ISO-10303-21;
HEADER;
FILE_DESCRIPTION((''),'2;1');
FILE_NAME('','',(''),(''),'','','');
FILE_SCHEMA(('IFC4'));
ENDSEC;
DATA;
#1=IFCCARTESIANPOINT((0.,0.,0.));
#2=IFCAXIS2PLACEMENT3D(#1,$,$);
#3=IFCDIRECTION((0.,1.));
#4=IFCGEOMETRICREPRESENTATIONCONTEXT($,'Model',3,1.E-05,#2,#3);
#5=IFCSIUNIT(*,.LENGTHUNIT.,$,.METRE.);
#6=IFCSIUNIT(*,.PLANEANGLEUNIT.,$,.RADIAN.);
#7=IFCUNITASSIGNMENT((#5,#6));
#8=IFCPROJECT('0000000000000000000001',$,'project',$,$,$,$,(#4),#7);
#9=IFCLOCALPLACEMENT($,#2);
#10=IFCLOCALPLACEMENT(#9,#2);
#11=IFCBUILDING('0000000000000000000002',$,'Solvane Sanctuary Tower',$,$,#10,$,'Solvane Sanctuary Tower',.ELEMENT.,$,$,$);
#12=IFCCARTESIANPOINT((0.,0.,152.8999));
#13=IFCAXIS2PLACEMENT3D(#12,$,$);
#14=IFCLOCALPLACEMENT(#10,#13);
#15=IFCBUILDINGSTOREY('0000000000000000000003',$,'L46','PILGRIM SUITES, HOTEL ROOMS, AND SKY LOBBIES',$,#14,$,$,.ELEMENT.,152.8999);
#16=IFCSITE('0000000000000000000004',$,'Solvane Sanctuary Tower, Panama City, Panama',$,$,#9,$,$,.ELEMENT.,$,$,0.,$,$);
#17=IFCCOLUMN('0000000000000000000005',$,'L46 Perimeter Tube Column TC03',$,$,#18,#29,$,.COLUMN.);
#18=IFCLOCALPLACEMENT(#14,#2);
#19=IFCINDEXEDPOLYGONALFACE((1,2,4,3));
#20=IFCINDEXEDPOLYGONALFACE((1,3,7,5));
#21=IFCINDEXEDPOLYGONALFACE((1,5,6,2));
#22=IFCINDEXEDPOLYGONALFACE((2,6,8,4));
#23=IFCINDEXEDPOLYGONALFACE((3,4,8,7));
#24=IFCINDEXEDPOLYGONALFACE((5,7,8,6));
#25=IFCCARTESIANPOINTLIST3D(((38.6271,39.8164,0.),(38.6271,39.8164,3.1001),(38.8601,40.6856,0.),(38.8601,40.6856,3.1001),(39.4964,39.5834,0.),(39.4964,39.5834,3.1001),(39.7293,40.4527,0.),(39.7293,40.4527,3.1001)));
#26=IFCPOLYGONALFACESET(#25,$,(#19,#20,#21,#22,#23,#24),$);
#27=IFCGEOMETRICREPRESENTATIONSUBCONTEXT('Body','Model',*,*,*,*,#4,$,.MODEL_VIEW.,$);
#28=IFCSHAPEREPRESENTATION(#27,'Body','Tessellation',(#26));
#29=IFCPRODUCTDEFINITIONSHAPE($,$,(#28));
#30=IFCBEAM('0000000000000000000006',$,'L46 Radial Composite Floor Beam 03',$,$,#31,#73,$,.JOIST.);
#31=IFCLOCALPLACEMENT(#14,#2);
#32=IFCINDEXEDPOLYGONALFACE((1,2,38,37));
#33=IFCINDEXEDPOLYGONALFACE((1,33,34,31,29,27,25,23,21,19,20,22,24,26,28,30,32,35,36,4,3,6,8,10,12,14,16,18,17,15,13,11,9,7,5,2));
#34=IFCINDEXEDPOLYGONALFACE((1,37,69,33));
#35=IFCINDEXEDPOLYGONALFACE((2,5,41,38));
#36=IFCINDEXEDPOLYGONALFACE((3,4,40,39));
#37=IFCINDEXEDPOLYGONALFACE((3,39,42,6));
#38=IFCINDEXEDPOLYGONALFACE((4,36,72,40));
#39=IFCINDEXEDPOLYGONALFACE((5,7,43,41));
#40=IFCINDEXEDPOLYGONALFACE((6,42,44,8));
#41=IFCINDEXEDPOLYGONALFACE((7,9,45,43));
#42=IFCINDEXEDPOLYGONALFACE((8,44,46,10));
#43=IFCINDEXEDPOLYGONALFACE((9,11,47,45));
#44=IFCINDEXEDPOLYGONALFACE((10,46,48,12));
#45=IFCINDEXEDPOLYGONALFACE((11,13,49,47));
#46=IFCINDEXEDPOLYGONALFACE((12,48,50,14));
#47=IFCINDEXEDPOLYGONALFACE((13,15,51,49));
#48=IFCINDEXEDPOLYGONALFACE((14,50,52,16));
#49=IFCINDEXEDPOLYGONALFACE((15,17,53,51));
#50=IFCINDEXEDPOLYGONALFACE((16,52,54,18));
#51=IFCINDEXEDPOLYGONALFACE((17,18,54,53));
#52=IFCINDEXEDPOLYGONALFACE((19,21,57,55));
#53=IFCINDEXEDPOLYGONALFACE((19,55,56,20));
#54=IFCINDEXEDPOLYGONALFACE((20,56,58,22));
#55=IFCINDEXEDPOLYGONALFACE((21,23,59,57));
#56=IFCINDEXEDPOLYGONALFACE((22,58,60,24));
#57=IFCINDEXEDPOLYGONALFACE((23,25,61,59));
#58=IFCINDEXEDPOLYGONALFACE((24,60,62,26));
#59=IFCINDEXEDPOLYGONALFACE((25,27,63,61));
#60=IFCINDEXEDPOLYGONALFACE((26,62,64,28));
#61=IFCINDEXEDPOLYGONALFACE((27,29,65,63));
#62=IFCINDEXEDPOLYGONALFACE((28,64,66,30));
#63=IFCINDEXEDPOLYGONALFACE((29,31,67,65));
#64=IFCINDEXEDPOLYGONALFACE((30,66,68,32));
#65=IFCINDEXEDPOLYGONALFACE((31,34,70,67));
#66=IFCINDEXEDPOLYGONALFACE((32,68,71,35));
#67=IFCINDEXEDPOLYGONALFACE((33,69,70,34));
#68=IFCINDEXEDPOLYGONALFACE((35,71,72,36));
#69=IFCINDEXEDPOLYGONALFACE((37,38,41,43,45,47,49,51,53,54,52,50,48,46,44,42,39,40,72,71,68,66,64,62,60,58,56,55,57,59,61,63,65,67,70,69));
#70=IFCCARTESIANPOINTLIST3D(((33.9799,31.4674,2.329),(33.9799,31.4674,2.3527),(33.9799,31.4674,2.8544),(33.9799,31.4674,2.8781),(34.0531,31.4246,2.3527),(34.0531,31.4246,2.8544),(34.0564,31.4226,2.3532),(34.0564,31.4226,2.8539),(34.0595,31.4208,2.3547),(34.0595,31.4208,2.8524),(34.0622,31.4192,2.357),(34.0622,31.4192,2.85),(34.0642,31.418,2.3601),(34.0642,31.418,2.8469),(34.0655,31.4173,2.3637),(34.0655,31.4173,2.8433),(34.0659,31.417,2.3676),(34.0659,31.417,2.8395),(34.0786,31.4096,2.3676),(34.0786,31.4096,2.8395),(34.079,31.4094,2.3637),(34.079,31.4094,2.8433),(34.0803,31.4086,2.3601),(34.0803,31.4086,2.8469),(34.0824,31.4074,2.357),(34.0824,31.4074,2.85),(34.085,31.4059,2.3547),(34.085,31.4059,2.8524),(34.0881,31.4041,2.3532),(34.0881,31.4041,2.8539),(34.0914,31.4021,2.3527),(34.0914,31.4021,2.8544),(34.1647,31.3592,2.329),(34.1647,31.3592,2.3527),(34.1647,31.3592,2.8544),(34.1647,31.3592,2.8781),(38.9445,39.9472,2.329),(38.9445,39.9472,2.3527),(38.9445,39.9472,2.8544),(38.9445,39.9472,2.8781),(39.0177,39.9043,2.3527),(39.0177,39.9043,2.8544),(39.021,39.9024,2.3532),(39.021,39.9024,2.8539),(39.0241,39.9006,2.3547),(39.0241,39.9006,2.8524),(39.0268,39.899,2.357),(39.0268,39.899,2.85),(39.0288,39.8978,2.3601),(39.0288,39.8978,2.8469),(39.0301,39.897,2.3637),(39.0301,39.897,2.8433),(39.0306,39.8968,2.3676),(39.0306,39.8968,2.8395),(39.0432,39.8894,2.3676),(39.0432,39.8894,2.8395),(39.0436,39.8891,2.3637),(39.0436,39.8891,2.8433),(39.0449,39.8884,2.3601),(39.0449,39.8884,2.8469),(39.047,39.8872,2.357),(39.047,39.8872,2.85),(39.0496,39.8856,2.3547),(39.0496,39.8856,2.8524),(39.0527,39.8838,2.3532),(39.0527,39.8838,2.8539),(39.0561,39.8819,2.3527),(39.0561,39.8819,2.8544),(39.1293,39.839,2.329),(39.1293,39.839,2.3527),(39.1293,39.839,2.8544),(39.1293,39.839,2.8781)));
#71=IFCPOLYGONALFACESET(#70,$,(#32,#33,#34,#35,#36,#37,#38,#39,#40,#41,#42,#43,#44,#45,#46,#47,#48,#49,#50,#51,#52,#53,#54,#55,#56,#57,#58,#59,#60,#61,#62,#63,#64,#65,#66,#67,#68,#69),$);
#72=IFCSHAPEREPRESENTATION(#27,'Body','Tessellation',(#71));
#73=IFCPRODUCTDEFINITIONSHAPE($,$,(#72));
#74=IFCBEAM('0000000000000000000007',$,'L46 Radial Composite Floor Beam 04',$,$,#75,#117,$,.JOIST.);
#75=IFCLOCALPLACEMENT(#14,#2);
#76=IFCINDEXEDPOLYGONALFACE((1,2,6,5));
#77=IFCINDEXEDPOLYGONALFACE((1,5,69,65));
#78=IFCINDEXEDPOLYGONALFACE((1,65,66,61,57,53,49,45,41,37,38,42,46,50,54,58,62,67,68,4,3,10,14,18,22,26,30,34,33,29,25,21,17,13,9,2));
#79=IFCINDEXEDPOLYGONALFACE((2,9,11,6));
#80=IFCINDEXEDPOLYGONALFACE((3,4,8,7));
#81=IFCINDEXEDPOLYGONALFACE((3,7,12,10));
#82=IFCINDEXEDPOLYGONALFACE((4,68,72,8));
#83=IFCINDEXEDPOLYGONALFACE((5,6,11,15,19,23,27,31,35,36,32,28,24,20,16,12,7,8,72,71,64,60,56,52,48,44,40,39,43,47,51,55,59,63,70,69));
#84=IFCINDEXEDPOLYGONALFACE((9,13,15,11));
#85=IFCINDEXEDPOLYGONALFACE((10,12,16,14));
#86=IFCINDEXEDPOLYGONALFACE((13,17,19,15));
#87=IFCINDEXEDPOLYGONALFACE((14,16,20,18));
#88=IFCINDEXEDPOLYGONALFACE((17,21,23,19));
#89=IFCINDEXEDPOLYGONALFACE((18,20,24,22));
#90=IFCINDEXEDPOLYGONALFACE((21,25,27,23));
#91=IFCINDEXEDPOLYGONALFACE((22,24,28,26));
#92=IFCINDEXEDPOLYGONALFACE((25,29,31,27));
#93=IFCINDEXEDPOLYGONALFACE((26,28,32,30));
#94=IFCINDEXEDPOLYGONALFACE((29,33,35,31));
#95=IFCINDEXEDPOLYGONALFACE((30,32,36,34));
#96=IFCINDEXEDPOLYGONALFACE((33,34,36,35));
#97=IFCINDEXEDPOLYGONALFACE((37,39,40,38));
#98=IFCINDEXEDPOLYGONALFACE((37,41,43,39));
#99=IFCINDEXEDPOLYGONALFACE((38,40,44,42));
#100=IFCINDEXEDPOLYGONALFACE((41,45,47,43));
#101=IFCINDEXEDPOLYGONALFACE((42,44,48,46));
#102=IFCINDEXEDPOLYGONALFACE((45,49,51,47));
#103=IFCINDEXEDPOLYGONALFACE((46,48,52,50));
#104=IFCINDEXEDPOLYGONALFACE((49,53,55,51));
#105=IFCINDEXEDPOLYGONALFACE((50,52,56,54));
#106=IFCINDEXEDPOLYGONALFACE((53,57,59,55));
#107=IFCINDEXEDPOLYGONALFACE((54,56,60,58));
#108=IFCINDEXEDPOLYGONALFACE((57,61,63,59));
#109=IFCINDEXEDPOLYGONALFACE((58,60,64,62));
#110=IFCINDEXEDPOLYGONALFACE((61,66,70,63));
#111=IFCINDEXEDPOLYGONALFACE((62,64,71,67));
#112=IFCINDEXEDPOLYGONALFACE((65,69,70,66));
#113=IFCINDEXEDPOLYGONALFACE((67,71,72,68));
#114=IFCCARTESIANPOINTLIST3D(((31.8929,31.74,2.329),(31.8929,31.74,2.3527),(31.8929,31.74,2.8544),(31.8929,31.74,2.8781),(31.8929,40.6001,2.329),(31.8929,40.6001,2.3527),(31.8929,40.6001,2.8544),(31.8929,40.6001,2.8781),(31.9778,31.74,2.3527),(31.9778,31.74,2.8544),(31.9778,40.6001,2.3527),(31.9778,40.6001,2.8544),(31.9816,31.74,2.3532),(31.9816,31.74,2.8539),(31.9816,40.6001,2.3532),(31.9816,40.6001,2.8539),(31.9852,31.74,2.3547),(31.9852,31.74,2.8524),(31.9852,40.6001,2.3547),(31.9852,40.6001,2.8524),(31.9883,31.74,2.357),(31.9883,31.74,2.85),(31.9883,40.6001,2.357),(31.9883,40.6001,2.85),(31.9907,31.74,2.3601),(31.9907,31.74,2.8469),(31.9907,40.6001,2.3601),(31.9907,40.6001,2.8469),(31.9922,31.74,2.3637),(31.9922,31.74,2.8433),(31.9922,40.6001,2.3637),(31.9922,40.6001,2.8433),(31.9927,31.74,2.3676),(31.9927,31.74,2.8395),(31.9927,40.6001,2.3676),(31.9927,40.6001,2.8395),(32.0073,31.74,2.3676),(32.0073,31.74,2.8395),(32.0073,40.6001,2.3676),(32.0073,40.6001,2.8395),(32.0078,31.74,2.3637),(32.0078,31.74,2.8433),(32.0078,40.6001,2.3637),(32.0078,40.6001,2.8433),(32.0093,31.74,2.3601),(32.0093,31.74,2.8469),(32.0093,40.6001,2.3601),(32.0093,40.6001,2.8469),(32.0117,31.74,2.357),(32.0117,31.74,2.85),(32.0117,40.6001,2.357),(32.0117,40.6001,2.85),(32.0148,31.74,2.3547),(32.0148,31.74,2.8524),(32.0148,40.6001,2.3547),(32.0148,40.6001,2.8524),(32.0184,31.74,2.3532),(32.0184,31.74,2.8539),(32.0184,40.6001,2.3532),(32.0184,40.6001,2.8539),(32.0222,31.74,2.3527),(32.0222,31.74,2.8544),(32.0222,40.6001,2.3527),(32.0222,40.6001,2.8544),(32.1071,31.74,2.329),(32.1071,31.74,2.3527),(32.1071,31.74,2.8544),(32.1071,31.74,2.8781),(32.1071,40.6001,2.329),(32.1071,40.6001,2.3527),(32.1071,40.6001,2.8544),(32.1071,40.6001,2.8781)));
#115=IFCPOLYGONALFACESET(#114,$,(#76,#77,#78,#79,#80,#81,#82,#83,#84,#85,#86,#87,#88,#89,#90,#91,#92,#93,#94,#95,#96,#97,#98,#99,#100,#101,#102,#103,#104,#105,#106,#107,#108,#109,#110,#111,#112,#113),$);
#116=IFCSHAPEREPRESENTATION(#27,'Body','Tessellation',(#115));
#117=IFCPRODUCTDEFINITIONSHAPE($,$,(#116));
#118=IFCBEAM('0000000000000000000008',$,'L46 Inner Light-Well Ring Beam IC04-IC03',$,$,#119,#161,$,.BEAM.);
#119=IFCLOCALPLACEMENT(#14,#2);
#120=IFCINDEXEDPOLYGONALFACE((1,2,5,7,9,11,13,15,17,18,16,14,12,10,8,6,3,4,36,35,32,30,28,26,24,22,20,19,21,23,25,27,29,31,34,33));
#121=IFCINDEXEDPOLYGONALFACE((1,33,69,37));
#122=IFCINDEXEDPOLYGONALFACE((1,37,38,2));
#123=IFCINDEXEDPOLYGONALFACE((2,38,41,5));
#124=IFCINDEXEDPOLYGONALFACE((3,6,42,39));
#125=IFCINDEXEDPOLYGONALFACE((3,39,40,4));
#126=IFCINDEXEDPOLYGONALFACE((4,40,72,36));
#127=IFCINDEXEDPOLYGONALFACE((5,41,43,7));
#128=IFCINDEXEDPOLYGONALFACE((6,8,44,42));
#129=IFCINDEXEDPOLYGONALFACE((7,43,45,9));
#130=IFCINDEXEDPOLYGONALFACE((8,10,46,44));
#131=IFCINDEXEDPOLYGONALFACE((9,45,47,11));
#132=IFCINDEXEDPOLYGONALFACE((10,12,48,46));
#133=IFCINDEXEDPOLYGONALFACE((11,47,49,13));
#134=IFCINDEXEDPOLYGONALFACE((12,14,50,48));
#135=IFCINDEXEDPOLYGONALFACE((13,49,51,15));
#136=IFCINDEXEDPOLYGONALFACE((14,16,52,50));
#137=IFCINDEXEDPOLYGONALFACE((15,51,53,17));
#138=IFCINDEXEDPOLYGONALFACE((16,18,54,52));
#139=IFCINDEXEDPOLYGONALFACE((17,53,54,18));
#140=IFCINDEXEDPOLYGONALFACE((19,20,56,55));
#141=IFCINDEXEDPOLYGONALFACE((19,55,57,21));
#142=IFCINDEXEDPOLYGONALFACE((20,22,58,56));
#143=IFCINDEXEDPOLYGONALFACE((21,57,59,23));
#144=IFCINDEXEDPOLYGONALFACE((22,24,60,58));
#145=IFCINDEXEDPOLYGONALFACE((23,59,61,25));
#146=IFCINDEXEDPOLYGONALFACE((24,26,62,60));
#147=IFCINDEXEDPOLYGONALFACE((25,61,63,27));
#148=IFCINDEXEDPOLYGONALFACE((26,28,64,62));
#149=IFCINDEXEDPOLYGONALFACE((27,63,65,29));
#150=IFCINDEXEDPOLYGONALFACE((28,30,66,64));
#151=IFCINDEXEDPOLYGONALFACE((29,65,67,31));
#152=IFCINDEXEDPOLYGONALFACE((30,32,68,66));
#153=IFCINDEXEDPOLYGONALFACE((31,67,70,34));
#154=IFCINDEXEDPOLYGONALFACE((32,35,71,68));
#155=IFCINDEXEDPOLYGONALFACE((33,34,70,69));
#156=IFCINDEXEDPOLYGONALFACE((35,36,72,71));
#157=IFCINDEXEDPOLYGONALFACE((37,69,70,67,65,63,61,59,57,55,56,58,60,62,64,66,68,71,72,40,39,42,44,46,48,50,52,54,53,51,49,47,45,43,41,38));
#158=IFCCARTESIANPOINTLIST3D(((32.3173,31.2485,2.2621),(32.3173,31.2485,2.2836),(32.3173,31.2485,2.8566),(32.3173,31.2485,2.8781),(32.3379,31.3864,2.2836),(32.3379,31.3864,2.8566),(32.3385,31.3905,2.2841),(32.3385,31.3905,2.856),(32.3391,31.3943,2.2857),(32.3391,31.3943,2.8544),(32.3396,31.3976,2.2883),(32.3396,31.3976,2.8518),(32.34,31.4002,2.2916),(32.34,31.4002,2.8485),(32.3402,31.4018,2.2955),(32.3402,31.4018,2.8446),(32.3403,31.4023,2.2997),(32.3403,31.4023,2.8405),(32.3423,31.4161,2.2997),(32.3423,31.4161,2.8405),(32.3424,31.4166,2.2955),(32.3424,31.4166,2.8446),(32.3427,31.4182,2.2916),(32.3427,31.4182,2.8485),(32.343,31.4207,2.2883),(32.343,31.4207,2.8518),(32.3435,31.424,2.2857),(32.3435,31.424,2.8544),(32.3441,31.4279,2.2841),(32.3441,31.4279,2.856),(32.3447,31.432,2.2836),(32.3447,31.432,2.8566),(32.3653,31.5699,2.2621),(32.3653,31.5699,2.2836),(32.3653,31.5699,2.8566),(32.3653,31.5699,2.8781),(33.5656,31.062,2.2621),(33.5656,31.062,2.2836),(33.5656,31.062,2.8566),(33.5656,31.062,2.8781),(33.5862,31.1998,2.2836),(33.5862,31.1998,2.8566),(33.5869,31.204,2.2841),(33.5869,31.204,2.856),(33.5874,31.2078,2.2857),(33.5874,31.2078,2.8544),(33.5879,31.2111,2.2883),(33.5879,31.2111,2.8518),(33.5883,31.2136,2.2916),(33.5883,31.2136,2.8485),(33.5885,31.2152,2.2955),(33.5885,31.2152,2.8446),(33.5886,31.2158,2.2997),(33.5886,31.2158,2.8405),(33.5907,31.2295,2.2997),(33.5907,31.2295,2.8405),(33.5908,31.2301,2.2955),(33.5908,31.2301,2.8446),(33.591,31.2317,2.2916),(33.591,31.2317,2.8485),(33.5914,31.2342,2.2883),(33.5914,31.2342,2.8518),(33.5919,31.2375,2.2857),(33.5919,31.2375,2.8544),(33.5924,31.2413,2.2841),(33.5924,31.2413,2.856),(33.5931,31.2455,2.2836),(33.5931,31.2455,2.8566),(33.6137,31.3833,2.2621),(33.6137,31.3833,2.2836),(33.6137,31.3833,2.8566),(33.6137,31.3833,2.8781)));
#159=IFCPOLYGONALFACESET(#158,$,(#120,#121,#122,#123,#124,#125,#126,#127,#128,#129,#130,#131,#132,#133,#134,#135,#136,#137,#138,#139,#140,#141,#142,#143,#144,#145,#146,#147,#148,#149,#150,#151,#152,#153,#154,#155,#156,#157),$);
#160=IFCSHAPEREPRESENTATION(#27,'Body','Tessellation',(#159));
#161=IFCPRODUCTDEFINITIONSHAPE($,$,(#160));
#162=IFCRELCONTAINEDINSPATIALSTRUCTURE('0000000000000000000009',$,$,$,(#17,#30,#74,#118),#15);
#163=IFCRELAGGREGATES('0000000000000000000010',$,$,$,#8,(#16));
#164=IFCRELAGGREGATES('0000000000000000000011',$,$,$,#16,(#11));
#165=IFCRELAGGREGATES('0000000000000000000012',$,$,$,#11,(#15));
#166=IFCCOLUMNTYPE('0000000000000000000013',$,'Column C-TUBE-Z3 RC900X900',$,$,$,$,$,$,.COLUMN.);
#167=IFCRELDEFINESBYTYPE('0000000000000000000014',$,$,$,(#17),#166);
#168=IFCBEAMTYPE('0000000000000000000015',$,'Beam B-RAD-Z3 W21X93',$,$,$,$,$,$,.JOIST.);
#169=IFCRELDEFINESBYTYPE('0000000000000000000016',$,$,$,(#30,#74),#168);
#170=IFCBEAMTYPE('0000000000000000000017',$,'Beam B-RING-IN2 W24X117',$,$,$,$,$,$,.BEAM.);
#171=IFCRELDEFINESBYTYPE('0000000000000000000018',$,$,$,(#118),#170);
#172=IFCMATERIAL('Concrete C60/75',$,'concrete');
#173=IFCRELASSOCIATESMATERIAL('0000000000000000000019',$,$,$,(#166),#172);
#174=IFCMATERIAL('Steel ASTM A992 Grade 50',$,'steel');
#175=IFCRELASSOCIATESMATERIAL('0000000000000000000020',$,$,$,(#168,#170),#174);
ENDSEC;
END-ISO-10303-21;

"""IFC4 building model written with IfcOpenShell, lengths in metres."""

from ifc_helpers import new_model, si_unit, direction, frame, origin, origin_2d, place, context, subcontext, project, spatial, rectangle, i_section, extrude, material, material_profile, profile_set, type_object, element, save


model = new_model("IFC4")

# Units and contexts
model_context = context("Model", 3, precision=1e-05, world=origin(), true_north=direction((0.0, 1.0)))
body_context = subcontext(model_context, "Body", "Model", "MODEL_VIEW")
ifc_project = project(units=[si_unit("LENGTHUNIT", "METRE"), si_unit("PLANEANGLEUNIT", "RADIAN")], contexts=[model_context])

# Site, building, storey
site_placement = place(None, origin())
site = spatial("IfcSite", under=ifc_project, at=site_placement, Name="Solvane Sanctuary Tower, Panama City, Panama", CompositionType="ELEMENT", RefElevation=0.0)
building_placement = place(site_placement, origin())
building = spatial("IfcBuilding", under=site, at=building_placement, Name="Solvane Sanctuary Tower", LongName="Solvane Sanctuary Tower", CompositionType="ELEMENT")
storey_placement = place(building_placement, frame((0.0, 0.0, 152.8999)))
storey = spatial("IfcBuildingStorey", under=building, at=storey_placement, Name="L46", Description="PILGRIM SUITES, HOTEL ROOMS, AND SKY LOBBIES", CompositionType="ELEMENT", Elevation=152.8999)

# Column
ifc_material_1 = material(Name="Concrete C60/75", Category="concrete")
ifc_material_profile_1 = material_profile(ifc_material_1, rectangle(XDim=0.8999, YDim=0.8999, at=origin_2d()), Name="RC900X900")
ifc_profile_set_1 = profile_set([ifc_material_profile_1], Name="Concrete C60/75")
column_type = type_object("IfcColumnType", Name="Column C-TUBE-Z3 RC900X900", PredefinedType="COLUMN", material=ifc_profile_set_1)
column_placement = place(storey_placement, frame((39.1782, 40.1345, 0.0), z_axis=(0.0, 0.0, 1.0), x_axis=(0.258819, 0.965926, 0.0)))
element("IfcColumn", 1, at=column_placement, inside=storey, type_object=column_type, Name="L46 Perimeter Tube Column TC03", PredefinedType="COLUMN", context=body_context, shape_type="SweptSolid", body=[
    extrude(rectangle(XDim=0.8999, YDim=0.8999, at=origin_2d()), origin(), (0.0, 0.0, 1.0), 3.1001),
])

# Beams
ifc_material_2 = material(Name="Steel ASTM A992 Grade 50", Category="steel")
ifc_material_profile_2 = material_profile(ifc_material_2, i_section(OverallWidth=0.2141, OverallDepth=0.5491, WebThickness=0.0146, FlangeThickness=0.0237, FilletRadius=0.0149, at=origin_2d()), Name="W21X93")
ifc_profile_set_2 = profile_set([ifc_material_profile_2], Name="Steel ASTM A992 Grade 50")
beam_type_1 = type_object("IfcBeamType", Name="Beam B-RAD-Z3 W21X93", PredefinedType="JOIST", material=ifc_profile_set_2)
beam_1_placement = place(storey_placement, frame((34.0723, 31.4133, 2.6035), z_axis=(0.505244, 0.862977, 0.0), x_axis=(-0.862977, 0.505244, 0.0)))
element("IfcBeam", 2, at=beam_1_placement, inside=storey, type_object=beam_type_1, Name="L46 Radial Composite Floor Beam 03", PredefinedType="JOIST", context=body_context, shape_type="SweptSolid", body=[
    extrude(i_section(OverallWidth=0.2141, OverallDepth=0.5491, WebThickness=0.0146, FlangeThickness=0.0237, FilletRadius=0.0149, at=origin_2d()), origin(), (0.0, 0.0, 1.0), 9.8262),
])
beam_2_placement = place(storey_placement, frame((32.0, 31.74, 2.6035), z_axis=(0.0, 1.0, 0.0), x_axis=(-1.0, 0.0, 0.0)))
element("IfcBeam", 3, at=beam_2_placement, inside=storey, type_object=beam_type_1, Name="L46 Radial Composite Floor Beam 04", PredefinedType="JOIST", context=body_context, shape_type="SweptSolid", body=[
    extrude(i_section(OverallWidth=0.2141, OverallDepth=0.5491, WebThickness=0.0146, FlangeThickness=0.0237, FilletRadius=0.0149, at=origin_2d()), origin(), (0.0, 0.0, 1.0), 8.8601),
])
ifc_material_profile_3 = material_profile(ifc_material_2, i_section(OverallWidth=0.325, OverallDepth=0.616, WebThickness=0.0139, FlangeThickness=0.0215, FilletRadius=0.0161, at=origin_2d()), Name="W24X117")
ifc_profile_set_3 = profile_set([ifc_material_profile_3], Name="Steel ASTM A992 Grade 50")
beam_type_2 = type_object("IfcBeamType", Name="Beam B-RING-IN2 W24X117", PredefinedType="BEAM", material=ifc_profile_set_3)
beam_3_placement = place(storey_placement, frame((32.3413, 31.4092, 2.5701), z_axis=(0.98902, -0.147782, 0.0), x_axis=(0.147782, 0.98902, 0.0)))
element("IfcBeam", 4, at=beam_3_placement, inside=storey, type_object=beam_type_2, Name="L46 Inner Light-Well Ring Beam IC04-IC03", PredefinedType="BEAM", context=body_context, shape_type="SweptSolid", body=[
    extrude(i_section(OverallWidth=0.325, OverallDepth=0.616, WebThickness=0.0139, FlangeThickness=0.0215, FilletRadius=0.0161, at=origin_2d()), origin(), (0.0, 0.0, 1.0), 1.2622),
])

save(model, "model.ifc")
